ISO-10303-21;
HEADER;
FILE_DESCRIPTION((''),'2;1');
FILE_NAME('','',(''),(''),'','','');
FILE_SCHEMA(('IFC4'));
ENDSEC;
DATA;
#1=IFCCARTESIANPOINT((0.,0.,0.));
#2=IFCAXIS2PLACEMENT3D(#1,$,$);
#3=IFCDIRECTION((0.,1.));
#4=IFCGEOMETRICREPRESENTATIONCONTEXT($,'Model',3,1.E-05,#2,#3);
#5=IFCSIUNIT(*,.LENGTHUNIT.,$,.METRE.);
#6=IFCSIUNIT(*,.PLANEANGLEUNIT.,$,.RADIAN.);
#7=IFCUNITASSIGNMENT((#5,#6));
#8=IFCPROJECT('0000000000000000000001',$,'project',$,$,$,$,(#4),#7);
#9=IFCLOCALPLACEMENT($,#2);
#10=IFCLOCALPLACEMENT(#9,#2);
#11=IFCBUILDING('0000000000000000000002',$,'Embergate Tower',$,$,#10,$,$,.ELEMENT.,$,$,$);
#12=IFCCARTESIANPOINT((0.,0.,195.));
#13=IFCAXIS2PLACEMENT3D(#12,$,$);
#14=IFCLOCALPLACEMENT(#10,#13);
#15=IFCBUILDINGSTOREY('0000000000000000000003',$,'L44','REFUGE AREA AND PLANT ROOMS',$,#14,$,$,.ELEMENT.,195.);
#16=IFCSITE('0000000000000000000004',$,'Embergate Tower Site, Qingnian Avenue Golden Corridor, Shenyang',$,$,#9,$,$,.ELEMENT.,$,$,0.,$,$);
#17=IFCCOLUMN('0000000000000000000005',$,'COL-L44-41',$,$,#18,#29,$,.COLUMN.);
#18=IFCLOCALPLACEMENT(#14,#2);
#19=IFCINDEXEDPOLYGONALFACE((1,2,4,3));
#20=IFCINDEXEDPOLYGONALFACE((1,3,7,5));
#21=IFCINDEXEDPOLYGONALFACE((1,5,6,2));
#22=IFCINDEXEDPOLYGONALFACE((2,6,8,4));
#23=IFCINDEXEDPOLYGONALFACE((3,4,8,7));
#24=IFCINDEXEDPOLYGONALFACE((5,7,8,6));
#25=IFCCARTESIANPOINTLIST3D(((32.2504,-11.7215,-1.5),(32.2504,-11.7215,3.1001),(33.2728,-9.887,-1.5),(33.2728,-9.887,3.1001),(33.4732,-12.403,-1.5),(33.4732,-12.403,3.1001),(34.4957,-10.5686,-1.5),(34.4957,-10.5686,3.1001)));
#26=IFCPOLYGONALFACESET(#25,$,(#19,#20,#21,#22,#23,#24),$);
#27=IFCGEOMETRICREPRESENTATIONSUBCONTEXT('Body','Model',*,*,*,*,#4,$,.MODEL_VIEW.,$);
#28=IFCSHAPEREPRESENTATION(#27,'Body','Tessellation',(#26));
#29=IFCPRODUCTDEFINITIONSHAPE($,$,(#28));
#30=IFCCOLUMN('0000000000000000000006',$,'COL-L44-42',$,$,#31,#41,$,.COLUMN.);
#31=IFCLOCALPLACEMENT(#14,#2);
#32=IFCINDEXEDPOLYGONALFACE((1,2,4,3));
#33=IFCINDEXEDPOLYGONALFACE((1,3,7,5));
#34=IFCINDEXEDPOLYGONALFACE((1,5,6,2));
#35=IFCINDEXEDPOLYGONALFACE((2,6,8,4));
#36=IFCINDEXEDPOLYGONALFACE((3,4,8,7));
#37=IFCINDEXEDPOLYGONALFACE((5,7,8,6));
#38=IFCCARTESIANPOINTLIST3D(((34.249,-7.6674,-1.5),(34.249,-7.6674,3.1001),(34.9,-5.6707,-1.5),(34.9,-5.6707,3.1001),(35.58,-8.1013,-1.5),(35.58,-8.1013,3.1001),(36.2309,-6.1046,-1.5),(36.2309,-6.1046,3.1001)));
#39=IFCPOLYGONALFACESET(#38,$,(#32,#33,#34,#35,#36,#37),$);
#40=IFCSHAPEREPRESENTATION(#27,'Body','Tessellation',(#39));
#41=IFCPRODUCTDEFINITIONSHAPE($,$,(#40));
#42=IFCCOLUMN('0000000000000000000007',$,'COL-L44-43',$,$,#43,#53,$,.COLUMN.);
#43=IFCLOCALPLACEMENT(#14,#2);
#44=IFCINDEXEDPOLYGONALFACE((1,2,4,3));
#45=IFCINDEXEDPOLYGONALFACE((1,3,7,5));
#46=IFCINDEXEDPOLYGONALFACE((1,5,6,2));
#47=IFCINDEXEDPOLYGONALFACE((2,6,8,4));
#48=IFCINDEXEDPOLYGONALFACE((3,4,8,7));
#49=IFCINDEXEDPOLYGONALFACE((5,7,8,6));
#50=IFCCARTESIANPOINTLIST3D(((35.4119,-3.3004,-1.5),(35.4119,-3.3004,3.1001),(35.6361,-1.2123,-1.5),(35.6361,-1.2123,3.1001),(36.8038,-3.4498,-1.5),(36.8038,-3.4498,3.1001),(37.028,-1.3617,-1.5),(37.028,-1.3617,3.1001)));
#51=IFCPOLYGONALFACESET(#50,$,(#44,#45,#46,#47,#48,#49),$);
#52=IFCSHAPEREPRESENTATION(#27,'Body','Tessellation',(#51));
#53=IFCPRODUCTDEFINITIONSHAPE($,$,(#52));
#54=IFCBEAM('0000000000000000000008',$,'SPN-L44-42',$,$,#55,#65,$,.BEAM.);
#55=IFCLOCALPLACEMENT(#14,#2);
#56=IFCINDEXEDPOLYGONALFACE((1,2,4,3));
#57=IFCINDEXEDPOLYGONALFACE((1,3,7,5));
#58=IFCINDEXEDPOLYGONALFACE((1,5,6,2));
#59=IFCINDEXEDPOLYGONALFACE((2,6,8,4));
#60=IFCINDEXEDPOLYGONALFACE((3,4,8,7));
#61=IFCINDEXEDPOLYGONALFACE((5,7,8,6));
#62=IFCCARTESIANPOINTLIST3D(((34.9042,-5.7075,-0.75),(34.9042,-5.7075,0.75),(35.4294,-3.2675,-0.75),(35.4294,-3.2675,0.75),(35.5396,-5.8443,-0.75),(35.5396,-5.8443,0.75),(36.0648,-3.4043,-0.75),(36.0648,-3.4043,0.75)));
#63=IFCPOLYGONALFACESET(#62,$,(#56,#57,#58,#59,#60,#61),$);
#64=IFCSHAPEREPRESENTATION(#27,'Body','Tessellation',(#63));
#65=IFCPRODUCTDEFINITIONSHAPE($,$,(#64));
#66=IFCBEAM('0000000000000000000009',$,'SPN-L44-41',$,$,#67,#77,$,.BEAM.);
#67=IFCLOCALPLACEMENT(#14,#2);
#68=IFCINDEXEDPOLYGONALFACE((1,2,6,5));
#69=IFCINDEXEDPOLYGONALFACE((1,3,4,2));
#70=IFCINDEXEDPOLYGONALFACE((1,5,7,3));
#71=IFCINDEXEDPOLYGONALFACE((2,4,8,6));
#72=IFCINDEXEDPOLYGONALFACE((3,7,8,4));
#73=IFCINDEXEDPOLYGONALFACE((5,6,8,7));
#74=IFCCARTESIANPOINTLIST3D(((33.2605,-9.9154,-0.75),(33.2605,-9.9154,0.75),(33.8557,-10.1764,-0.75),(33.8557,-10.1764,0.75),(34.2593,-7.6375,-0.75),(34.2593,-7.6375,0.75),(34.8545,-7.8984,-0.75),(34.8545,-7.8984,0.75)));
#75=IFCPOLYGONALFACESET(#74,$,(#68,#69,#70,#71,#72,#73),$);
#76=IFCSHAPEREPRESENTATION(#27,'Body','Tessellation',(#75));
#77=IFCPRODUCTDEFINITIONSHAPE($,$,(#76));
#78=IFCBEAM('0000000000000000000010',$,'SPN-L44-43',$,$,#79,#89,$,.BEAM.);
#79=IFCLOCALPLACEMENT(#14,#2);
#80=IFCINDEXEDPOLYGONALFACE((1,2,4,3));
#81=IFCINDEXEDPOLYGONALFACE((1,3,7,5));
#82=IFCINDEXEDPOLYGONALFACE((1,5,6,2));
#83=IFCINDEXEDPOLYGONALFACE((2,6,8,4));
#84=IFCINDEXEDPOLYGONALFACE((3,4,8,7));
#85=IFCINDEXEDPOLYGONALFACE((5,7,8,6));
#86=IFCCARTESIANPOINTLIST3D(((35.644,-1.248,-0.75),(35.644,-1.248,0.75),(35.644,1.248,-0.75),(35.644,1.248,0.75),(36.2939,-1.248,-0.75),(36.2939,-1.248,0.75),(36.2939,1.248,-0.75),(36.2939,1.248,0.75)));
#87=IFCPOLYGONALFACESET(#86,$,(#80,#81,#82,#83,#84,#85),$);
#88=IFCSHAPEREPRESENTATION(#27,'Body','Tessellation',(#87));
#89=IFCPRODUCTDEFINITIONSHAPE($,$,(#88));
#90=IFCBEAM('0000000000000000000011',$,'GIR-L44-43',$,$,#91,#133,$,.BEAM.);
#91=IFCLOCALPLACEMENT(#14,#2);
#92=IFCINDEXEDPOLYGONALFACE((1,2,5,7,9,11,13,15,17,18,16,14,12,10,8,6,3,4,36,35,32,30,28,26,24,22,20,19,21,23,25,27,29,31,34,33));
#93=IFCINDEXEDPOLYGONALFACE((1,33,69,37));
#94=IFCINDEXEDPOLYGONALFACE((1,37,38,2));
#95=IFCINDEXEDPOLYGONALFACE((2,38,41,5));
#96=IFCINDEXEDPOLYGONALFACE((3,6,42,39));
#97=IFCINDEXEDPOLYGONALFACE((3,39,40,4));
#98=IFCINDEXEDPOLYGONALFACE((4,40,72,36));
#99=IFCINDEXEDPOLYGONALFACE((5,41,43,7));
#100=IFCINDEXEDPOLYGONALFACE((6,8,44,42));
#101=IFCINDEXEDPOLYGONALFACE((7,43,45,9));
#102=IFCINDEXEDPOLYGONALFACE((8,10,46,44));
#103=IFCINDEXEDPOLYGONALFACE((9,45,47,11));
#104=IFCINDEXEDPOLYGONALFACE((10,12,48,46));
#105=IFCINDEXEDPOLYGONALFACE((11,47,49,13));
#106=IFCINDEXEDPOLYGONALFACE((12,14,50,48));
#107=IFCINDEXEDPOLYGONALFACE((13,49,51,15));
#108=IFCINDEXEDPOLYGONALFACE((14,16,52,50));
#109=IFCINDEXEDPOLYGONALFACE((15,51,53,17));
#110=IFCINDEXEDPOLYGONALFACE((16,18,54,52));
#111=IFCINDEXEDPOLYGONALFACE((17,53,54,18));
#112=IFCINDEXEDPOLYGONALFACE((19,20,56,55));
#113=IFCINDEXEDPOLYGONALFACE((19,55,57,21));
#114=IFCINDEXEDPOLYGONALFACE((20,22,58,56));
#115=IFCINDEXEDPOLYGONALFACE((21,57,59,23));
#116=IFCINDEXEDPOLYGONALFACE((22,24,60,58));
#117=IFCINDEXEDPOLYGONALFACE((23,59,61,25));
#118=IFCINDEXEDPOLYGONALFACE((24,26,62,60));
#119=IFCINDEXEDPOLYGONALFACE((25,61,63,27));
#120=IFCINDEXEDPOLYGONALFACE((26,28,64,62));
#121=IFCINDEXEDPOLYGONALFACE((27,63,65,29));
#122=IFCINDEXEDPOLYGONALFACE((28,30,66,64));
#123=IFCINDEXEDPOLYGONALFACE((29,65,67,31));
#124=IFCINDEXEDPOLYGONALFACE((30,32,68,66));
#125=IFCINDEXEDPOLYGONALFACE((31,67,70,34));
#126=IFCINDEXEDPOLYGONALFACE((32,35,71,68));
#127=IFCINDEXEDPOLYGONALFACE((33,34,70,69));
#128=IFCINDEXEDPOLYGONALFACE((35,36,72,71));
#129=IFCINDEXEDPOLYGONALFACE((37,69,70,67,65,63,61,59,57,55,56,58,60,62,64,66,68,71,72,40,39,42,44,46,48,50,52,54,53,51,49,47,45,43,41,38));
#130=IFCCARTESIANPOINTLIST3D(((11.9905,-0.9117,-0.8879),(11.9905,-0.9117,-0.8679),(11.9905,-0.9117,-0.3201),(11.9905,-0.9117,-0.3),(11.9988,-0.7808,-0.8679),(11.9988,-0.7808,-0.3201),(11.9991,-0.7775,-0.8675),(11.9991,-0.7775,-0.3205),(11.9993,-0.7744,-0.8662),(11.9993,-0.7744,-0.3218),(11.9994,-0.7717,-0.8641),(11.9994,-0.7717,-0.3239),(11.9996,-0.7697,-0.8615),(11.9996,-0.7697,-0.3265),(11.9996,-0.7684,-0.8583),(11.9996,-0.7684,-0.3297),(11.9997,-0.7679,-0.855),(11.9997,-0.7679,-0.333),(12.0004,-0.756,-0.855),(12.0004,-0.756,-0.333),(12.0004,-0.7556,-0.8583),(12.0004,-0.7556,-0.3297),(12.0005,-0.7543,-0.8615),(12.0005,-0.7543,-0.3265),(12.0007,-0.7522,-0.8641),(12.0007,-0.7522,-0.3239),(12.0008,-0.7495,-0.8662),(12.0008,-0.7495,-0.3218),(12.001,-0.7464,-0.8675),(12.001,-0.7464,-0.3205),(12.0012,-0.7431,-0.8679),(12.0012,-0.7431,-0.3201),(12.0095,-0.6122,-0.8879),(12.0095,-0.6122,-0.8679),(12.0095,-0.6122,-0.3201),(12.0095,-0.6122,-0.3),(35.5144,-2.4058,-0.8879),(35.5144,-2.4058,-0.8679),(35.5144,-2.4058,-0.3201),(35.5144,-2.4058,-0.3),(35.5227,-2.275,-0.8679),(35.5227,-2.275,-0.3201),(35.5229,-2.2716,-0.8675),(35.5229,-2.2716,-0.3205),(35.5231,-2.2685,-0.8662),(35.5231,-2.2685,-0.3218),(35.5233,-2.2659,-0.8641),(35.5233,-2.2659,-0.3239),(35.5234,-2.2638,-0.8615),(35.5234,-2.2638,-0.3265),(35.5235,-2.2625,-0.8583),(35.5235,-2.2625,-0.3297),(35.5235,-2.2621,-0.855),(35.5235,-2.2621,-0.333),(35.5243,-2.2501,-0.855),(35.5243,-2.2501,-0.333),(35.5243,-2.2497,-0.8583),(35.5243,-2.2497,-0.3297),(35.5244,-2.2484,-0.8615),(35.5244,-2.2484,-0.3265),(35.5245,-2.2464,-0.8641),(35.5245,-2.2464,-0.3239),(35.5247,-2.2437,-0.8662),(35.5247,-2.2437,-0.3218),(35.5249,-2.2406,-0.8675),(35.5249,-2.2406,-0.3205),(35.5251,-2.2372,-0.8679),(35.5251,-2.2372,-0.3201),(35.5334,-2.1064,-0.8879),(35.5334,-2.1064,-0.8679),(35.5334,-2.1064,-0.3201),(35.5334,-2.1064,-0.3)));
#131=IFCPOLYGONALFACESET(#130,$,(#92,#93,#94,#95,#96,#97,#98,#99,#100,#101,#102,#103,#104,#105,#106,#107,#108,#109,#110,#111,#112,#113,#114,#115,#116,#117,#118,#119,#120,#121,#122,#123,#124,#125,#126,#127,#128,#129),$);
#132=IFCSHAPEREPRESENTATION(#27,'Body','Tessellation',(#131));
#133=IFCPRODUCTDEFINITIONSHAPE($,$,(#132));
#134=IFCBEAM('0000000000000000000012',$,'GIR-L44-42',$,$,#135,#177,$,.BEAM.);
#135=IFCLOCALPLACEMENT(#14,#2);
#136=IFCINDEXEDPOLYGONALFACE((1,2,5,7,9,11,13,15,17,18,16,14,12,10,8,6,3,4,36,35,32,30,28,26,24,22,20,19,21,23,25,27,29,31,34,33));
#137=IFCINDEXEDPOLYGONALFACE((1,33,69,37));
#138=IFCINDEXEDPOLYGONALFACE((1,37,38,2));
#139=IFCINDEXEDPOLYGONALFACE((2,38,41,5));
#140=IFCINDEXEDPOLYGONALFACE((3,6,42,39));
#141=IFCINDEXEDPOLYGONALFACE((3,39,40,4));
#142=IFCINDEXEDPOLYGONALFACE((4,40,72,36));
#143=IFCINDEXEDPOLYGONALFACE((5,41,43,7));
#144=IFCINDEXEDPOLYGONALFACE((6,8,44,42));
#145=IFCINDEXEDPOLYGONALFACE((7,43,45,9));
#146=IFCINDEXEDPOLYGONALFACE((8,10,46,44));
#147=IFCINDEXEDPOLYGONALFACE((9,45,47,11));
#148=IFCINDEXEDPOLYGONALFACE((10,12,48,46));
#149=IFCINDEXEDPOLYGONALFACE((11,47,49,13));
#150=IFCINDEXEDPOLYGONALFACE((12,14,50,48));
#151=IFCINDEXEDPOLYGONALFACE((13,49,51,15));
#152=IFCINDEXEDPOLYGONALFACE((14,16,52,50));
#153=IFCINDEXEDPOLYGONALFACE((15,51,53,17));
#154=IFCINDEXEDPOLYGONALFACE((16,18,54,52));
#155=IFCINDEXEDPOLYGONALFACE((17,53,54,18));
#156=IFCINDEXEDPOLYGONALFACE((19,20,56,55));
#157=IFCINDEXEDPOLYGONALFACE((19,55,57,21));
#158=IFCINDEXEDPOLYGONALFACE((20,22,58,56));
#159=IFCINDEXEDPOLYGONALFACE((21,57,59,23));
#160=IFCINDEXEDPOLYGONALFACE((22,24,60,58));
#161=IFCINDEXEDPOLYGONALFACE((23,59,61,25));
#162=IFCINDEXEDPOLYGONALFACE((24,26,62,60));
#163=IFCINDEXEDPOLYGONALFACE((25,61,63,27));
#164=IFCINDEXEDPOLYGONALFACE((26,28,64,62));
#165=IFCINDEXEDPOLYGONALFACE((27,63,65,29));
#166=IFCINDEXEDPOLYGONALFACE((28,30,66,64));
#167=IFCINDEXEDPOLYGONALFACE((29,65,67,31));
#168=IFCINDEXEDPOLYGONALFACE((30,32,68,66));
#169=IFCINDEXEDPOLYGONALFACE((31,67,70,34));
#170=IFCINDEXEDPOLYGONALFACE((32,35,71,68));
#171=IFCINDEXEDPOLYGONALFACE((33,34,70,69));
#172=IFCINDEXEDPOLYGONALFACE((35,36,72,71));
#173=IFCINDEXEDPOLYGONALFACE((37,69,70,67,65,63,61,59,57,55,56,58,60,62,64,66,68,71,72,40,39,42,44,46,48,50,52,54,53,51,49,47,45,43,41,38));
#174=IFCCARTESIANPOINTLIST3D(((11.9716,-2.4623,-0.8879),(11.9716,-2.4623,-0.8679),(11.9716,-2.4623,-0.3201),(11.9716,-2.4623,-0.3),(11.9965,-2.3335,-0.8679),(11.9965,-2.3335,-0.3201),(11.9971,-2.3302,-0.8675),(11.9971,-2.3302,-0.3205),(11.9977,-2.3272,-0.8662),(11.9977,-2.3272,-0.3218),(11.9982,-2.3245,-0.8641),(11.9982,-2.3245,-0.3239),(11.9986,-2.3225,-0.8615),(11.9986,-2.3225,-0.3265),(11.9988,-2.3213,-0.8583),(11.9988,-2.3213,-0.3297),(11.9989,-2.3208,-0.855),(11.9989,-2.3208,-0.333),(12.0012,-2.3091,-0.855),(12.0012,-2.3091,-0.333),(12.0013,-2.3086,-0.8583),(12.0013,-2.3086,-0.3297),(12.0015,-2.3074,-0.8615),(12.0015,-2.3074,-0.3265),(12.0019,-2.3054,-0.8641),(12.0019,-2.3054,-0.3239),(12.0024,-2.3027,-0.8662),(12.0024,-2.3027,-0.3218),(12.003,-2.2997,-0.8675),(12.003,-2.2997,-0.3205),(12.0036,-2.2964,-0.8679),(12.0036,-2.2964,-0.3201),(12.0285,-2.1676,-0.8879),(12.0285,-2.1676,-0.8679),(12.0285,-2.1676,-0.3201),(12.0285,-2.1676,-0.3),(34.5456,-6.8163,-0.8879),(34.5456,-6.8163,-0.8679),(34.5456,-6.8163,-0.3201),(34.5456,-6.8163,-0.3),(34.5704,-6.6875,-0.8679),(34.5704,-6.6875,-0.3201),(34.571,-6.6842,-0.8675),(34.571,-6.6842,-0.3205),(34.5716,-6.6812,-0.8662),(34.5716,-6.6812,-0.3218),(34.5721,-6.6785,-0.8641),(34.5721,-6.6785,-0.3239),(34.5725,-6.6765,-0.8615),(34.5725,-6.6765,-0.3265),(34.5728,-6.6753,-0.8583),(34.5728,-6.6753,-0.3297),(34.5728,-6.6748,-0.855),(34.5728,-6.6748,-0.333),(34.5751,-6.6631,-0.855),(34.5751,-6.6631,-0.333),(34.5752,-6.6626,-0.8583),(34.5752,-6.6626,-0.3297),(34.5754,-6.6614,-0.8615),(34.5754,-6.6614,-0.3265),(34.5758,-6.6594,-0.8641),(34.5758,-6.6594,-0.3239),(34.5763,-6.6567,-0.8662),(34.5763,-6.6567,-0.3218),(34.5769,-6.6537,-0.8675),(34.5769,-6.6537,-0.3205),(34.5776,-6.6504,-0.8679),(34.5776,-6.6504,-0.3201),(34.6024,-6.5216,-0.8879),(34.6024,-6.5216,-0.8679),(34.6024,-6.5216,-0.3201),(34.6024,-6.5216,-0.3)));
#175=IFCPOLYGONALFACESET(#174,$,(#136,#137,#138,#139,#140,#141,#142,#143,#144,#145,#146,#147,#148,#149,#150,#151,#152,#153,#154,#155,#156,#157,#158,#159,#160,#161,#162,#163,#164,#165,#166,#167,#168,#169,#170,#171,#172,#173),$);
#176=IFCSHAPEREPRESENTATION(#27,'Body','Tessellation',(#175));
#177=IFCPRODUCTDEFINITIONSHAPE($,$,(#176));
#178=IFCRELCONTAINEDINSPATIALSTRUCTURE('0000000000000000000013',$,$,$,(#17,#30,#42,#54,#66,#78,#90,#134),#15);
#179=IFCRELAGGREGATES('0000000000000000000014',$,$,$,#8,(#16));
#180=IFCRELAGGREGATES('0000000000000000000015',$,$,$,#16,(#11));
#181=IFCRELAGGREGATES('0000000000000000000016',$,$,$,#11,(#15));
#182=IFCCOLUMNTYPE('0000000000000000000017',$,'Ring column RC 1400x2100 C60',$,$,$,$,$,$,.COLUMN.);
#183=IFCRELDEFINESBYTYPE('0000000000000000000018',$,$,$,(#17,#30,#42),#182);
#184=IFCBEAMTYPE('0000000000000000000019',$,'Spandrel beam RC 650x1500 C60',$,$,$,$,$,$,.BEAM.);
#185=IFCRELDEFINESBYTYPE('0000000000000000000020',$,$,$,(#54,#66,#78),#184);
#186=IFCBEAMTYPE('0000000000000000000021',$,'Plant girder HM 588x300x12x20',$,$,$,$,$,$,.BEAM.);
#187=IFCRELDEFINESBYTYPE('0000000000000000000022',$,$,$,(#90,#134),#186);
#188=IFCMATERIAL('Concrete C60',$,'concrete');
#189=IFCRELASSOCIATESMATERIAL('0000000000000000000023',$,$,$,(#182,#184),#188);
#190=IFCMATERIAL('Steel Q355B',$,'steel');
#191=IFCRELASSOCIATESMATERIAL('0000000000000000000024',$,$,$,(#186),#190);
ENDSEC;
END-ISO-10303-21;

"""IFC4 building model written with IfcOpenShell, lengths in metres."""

from ifc_helpers import new_model, si_unit, direction, frame, origin, origin_2d, place, context, subcontext, project, spatial, rectangle, i_section, extrude, source, transform, mapped, material, material_profile, profile_set, type_object, element, save


model = new_model("IFC4")

# Units and contexts
model_context = context("Model", 3, precision=1e-05, world=origin(), true_north=direction((0.0, 1.0)))
body_context = subcontext(model_context, "Body", "Model", "MODEL_VIEW")
ifc_project = project(units=[si_unit("LENGTHUNIT", "METRE"), si_unit("PLANEANGLEUNIT", "RADIAN")], contexts=[model_context])

# Site, building, storey
site_placement = place(None, origin())
site = spatial("IfcSite", under=ifc_project, at=site_placement, Name="Embergate Tower Site, Qingnian Avenue Golden Corridor, Shenyang", CompositionType="ELEMENT", RefElevation=0.0)
building_placement = place(site_placement, origin())
building = spatial("IfcBuilding", under=site, at=building_placement, Name="Embergate Tower", CompositionType="ELEMENT")
storey_placement = place(building_placement, frame((0.0, 0.0, 195.0)))
storey = spatial("IfcBuildingStorey", under=building, at=storey_placement, Name="L44", Description="REFUGE AREA AND PLANT ROOMS", CompositionType="ELEMENT", Elevation=195.0)

# Columns
ifc_material_1 = material(Name="Concrete C60", Category="concrete")
ifc_material_profile_1 = material_profile(ifc_material_1, rectangle(XDim=1.3999, YDim=2.1001, at=origin_2d()), Name="RC 1400x2100")
ifc_profile_set_1 = profile_set([ifc_material_profile_1], Name="Concrete C60")
column_type = type_object("IfcColumnType", Name="Ring column RC 1400x2100 C60", PredefinedType="COLUMN", material=ifc_profile_set_1)
shared_shape_1 = source(origin(), body_context, "Body", "SweptSolid", [
    extrude(rectangle(XDim=1.3999, YDim=2.1001, at=origin_2d()), origin(), (0.0, 0.0, 1.0), 4.6001),
])
for number, where, z_axis, x_axis, name in (
    (1, (33.373, -11.145, -1.5), (0.0, 0.0, 1.0), (0.873492, -0.486839, 0.0), "COL-L44-41"),
    (2, (35.24, -6.886, -1.5), (0.0, 0.0, 1.0), (0.950754, -0.309946, 0.0), "COL-L44-42"),
    (3, (36.22, -2.3311, -1.5), (0.0, 0.0, 1.0), (0.994286, -0.10675, 0.0), "COL-L44-43"),
):
    element("IfcColumn", number, at=place(storey_placement, frame(where, z_axis=z_axis, x_axis=x_axis)), inside=storey, type_object=column_type, Name=name, PredefinedType="COLUMN", context=body_context, shape_type="MappedRepresentation", body=[
        mapped(shared_shape_1, transform((0.0, 0.0, 0.0))),
    ])

# Beams
ifc_material_profile_2 = material_profile(ifc_material_1, rectangle(XDim=0.6499, YDim=1.5, at=origin_2d()), Name="RC 650x1500")
ifc_profile_set_2 = profile_set([ifc_material_profile_2], Name="Concrete C60")
beam_type_1 = type_object("IfcBeamType", Name="Spandrel beam RC 650x1500 C60", PredefinedType="BEAM", material=ifc_profile_set_2)
shared_shape_2 = source(origin(), body_context, "Body", "SweptSolid", [
    extrude(rectangle(XDim=0.6499, YDim=1.5, at=origin_2d()), origin(), (0.0, 0.0, 1.0), 2.4958),
])
beam_1_placement = place(storey_placement, frame((35.2219, -5.7759, 0.0), z_axis=(0.210411, 0.977613, 0.0), x_axis=(-0.977613, 0.210411, 0.0)))
element("IfcBeam", 4, at=beam_1_placement, inside=storey, type_object=beam_type_1, Name="SPN-L44-42", PredefinedType="BEAM", context=body_context, shape_type="MappedRepresentation", body=[
    mapped(shared_shape_2, transform((0.0, 0.0, 0.0))),
])
shared_shape_3 = source(origin(), body_context, "Body", "SweptSolid", [
    extrude(rectangle(XDim=0.6499, YDim=1.5, at=origin_2d()), origin(), (0.0, 0.0, 1.0), 2.4873),
])
beam_2_placement = place(storey_placement, frame((33.5581, -10.0459, 0.0), z_axis=(0.401571, 0.915828, 0.0), x_axis=(-0.915828, 0.401571, 0.0)))
element("IfcBeam", 5, at=beam_2_placement, inside=storey, type_object=beam_type_1, Name="SPN-L44-41", PredefinedType="BEAM", context=body_context, shape_type="MappedRepresentation", body=[
    mapped(shared_shape_3, transform((0.0, 0.0, 0.0))),
])
shared_shape_4 = source(origin(), body_context, "Body", "SweptSolid", [
    extrude(rectangle(XDim=0.6499, YDim=1.5, at=origin_2d()), origin(), (0.0, 0.0, 1.0), 2.4961),
])
beam_3_placement = place(storey_placement, frame((35.969, -1.248, 0.0), z_axis=(0.0, 1.0, 0.0), x_axis=(-1.0, 0.0, 0.0)))
element("IfcBeam", 6, at=beam_3_placement, inside=storey, type_object=beam_type_1, Name="SPN-L44-43", PredefinedType="BEAM", context=body_context, shape_type="MappedRepresentation", body=[
    mapped(shared_shape_4, transform((0.0, 0.0, 0.0))),
])
ifc_material_2 = material(Name="Steel Q355B", Category="steel")
ifc_material_profile_3 = material_profile(ifc_material_2, i_section(OverallWidth=0.3, OverallDepth=0.5879, WebThickness=0.012, FlangeThickness=0.02, FilletRadius=0.0129, at=origin_2d()), Name="HM 588x300x12x20")
ifc_profile_set_3 = profile_set([ifc_material_profile_3], Name="Steel Q355 grade B")
beam_type_2 = type_object("IfcBeamType", Name="Plant girder HM 588x300x12x20", PredefinedType="BEAM", material=ifc_profile_set_3)
shared_shape_5 = source(origin(), body_context, "Body", "SweptSolid", [
    extrude(i_section(OverallWidth=0.3, OverallDepth=0.5879, WebThickness=0.012, FlangeThickness=0.02, FilletRadius=0.0129, at=origin_2d()), origin(), (0.0, 0.0, 1.0), 23.5713),
])
beam_4_placement = place(storey_placement, frame((35.5239, -2.2561, -0.594), z_axis=(-0.997989, 0.063388, 0.0), x_axis=(-0.063388, -0.997989, 0.0)))
element("IfcBeam", 7, at=beam_4_placement, inside=storey, type_object=beam_type_2, Name="GIR-L44-43", PredefinedType="BEAM", context=body_context, shape_type="MappedRepresentation", body=[
    mapped(shared_shape_5, transform((0.0, 0.0, 0.0))),
])
shared_shape_6 = source(origin(), body_context, "Body", "SweptSolid", [
    extrude(i_section(OverallWidth=0.3, OverallDepth=0.5879, WebThickness=0.012, FlangeThickness=0.02, FilletRadius=0.0129, at=origin_2d()), origin(), (0.0, 0.0, 1.0), 22.99),
])
beam_5_placement = place(storey_placement, frame((34.574, -6.6689, -0.594), z_axis=(-0.981903, 0.189387, 0.0), x_axis=(-0.189387, -0.981903, 0.0)))
element("IfcBeam", 8, at=beam_5_placement, inside=storey, type_object=beam_type_2, Name="GIR-L44-42", PredefinedType="BEAM", context=body_context, shape_type="MappedRepresentation", body=[
    mapped(shared_shape_6, transform((0.0, 0.0, 0.0))),
])

save(model, "model.ifc")
